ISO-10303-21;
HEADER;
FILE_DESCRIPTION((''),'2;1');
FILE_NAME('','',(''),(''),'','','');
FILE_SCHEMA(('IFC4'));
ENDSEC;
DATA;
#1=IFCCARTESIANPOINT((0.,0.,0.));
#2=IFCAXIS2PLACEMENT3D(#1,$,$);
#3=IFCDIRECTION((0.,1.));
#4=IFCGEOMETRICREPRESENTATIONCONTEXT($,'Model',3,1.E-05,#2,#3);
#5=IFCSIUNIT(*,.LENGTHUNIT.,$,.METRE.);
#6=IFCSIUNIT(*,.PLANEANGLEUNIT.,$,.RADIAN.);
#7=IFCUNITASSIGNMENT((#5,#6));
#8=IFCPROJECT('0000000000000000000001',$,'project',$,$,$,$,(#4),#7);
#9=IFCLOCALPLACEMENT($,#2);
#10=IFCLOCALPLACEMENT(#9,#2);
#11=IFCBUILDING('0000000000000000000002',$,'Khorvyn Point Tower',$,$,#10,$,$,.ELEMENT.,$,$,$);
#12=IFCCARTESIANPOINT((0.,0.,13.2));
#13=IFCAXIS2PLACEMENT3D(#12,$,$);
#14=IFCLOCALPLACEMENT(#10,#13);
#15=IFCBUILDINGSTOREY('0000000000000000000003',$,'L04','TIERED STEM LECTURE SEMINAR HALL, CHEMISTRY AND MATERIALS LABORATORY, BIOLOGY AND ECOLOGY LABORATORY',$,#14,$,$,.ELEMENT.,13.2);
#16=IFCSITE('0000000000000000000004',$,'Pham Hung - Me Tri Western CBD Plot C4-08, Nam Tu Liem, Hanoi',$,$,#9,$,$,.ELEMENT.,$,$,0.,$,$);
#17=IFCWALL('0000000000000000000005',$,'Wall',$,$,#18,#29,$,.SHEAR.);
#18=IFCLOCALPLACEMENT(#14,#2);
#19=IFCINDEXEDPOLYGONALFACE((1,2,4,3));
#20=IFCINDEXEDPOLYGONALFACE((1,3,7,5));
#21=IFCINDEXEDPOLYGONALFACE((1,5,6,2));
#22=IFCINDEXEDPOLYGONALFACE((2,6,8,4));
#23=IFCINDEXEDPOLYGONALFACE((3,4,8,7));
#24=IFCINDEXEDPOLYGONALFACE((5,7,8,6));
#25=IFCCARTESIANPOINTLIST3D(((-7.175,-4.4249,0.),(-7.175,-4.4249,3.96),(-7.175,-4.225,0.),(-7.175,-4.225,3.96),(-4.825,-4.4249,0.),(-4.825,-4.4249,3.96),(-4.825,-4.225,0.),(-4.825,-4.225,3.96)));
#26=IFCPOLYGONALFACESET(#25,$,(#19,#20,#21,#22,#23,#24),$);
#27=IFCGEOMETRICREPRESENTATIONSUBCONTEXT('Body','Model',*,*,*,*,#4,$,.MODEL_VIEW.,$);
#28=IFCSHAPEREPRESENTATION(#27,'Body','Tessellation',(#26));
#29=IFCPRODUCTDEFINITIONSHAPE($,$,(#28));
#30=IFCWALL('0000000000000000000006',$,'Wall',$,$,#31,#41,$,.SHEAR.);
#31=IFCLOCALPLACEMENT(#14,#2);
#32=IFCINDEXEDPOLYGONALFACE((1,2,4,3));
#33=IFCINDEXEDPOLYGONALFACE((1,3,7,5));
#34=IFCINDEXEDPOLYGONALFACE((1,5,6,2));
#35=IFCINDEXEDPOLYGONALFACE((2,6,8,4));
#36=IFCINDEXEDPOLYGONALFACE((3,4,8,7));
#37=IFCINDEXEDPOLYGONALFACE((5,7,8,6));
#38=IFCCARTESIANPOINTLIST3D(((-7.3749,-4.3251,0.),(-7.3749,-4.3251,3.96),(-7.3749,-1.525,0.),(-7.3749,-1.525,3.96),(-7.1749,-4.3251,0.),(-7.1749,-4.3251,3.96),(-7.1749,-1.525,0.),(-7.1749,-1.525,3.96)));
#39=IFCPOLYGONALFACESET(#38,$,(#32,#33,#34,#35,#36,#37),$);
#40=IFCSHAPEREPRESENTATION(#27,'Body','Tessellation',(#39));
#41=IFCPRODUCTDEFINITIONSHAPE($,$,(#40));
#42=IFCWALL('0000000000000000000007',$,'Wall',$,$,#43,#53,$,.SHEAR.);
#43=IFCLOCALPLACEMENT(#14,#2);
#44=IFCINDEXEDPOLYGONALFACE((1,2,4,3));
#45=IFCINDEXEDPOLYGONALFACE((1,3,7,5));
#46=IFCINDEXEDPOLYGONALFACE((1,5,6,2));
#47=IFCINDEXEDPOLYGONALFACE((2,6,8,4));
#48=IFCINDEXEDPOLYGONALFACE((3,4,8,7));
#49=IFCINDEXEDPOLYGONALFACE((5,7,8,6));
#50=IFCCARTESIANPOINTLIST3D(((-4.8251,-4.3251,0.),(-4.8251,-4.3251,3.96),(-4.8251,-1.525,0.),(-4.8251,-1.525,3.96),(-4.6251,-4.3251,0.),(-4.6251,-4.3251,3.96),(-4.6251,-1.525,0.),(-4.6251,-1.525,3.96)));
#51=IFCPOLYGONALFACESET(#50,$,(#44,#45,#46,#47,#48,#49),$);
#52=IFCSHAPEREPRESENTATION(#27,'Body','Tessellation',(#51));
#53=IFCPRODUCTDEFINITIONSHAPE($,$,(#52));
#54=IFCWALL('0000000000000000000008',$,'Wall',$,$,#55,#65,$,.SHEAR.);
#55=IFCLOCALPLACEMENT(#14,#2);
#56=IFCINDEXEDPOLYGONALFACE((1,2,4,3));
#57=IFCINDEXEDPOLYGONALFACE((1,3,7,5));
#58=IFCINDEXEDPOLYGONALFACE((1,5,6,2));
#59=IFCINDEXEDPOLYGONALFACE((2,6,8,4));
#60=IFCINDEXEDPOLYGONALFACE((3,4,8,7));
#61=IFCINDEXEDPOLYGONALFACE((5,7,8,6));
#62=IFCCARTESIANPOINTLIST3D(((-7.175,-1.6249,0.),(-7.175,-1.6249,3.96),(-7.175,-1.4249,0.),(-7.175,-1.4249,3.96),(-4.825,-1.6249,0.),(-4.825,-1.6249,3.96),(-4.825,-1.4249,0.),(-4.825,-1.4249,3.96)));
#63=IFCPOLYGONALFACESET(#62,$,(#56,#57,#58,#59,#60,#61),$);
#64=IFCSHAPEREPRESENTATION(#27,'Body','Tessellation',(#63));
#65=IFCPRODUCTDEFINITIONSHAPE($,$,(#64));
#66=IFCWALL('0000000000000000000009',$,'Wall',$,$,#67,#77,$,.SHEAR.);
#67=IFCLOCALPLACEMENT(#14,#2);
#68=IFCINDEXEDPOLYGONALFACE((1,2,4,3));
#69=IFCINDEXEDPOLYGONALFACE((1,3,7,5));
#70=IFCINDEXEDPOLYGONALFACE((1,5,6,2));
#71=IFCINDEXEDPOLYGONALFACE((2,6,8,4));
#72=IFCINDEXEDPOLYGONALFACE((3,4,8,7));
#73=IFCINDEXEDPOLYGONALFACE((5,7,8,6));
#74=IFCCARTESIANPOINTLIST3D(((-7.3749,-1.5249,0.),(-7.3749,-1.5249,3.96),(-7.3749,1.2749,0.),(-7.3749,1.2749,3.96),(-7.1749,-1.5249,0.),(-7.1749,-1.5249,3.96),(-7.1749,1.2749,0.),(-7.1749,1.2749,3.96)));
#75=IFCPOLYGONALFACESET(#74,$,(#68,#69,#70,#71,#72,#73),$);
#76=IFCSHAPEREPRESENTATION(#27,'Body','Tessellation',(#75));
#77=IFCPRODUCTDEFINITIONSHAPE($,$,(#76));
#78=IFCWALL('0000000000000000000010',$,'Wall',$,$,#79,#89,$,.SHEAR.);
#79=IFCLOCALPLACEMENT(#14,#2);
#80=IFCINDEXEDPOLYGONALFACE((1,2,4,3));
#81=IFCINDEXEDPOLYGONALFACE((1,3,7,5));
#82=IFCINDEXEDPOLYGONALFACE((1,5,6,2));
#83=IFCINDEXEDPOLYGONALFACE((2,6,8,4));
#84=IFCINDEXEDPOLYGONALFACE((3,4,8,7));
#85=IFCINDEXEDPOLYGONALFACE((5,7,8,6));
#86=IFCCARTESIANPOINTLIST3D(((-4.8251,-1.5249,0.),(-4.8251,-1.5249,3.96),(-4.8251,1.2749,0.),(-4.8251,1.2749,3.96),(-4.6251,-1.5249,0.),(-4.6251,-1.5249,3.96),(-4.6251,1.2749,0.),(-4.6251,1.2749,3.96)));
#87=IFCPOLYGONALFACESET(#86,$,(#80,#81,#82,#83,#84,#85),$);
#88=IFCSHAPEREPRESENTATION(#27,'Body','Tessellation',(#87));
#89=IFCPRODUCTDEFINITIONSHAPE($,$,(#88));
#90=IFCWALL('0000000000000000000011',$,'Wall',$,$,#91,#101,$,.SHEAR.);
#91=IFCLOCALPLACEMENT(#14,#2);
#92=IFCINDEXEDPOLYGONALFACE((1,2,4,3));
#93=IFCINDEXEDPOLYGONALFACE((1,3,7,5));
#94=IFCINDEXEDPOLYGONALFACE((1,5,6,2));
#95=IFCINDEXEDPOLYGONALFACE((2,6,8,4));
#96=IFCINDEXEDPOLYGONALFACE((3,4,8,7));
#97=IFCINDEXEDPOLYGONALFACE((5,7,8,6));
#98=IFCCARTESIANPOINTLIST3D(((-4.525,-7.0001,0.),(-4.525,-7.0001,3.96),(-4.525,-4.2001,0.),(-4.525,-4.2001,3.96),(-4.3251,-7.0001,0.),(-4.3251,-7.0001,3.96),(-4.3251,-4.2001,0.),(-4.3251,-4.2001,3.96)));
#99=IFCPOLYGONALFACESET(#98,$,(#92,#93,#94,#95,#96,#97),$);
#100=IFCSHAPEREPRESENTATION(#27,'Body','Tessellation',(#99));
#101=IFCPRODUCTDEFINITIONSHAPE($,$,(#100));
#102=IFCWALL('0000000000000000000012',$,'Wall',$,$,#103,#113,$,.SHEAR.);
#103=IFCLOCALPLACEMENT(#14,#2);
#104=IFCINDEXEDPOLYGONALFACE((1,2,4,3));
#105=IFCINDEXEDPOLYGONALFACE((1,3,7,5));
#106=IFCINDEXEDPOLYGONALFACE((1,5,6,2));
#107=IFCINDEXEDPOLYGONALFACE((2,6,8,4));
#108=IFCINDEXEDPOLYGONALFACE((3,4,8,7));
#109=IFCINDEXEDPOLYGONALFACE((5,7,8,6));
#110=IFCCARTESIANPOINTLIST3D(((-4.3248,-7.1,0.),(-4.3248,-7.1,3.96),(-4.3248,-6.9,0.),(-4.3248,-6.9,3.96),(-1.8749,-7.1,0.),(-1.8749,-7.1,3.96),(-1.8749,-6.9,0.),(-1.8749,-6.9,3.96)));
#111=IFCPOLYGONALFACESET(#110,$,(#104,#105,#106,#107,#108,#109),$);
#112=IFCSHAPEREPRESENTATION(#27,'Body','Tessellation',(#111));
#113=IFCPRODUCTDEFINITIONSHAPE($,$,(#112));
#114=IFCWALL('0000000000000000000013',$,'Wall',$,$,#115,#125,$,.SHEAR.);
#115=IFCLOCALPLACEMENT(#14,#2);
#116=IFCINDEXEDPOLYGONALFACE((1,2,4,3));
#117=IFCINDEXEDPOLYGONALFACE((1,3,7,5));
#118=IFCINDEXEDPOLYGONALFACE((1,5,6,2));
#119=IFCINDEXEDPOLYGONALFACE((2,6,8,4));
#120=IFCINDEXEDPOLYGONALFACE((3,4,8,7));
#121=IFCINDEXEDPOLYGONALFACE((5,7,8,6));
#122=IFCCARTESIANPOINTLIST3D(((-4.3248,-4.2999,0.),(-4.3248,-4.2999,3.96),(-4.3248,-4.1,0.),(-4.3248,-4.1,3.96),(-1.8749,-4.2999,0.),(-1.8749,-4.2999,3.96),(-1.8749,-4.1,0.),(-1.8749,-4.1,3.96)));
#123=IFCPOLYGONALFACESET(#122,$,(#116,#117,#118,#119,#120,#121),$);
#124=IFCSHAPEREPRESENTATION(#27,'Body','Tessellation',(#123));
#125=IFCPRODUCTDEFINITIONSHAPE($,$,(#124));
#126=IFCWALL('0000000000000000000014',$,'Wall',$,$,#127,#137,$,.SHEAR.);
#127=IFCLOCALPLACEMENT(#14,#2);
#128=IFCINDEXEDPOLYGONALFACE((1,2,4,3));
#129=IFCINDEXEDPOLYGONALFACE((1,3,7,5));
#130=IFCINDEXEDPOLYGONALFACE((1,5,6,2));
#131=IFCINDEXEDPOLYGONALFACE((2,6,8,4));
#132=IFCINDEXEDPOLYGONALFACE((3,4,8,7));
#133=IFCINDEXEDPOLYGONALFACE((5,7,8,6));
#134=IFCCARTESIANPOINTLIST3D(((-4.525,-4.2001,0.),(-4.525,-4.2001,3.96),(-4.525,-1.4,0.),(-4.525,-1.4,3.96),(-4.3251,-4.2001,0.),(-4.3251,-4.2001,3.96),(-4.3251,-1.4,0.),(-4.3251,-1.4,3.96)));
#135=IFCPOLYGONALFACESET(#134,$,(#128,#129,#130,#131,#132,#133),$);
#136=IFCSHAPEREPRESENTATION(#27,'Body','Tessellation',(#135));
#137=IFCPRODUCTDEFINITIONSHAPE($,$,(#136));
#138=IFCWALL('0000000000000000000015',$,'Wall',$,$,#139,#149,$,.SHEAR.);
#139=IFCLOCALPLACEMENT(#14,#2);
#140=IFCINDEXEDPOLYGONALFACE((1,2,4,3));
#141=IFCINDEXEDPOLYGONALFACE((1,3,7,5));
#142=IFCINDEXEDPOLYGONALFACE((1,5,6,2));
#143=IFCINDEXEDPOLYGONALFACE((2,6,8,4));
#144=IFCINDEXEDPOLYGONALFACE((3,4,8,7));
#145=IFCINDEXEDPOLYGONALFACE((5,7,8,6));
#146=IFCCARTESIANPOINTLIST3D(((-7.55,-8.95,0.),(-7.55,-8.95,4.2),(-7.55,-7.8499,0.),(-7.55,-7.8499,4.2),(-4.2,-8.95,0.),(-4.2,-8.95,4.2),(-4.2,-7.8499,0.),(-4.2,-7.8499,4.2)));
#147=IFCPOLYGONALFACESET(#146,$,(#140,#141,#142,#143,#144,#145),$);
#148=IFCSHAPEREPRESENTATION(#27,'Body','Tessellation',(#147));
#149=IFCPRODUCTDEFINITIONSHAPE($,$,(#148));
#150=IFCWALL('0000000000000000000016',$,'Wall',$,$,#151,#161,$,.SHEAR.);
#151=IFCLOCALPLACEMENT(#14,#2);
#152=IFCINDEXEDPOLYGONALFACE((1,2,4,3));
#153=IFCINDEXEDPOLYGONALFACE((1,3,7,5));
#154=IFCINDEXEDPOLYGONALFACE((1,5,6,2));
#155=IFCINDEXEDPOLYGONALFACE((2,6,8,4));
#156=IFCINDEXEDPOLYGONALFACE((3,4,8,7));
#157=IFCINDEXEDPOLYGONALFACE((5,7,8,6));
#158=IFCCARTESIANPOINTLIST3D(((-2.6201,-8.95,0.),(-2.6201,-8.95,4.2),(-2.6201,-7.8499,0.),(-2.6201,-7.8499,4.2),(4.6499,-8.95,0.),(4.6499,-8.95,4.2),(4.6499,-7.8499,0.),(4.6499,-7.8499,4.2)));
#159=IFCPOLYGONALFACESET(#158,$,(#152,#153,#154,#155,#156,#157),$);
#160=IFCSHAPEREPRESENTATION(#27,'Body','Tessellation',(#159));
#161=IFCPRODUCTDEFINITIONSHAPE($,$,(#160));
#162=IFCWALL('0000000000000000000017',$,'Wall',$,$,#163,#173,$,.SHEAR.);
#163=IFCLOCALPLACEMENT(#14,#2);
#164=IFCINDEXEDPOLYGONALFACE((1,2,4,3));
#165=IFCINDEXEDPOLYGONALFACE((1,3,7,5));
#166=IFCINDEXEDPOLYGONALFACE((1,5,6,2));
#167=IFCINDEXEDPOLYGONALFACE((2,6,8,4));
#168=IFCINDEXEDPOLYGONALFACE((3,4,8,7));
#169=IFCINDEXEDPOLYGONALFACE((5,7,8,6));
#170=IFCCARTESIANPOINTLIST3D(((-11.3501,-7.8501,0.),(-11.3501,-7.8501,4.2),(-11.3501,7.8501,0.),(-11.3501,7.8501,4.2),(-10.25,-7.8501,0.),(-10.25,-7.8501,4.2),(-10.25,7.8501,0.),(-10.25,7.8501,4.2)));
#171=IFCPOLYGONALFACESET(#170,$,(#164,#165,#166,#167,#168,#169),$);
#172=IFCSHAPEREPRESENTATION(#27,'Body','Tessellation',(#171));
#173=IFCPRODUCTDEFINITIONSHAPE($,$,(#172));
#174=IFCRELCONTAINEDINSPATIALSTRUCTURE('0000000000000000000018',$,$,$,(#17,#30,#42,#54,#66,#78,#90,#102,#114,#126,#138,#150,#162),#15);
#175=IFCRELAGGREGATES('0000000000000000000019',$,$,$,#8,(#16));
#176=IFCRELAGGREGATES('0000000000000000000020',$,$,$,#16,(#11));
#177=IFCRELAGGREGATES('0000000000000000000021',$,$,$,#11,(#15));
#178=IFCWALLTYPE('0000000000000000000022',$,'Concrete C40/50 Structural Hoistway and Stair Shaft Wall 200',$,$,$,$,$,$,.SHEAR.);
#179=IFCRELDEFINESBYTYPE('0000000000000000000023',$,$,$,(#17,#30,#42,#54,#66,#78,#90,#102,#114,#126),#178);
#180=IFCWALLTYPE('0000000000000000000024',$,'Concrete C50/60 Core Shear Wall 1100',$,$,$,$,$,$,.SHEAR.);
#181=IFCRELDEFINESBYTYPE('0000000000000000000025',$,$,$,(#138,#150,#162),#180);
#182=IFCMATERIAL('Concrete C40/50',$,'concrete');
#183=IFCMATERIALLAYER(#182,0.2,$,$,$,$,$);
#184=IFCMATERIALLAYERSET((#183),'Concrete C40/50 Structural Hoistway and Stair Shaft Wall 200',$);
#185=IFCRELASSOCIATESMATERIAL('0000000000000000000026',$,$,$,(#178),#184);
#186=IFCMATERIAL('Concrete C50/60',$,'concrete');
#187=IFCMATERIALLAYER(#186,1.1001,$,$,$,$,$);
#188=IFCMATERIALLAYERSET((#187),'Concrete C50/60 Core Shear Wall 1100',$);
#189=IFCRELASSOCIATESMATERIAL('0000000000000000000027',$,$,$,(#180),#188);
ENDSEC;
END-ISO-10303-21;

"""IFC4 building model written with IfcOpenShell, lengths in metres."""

from ifc_helpers import new_model, si_unit, direction, frame, frame_2d, origin, place, context, subcontext, project, spatial, rectangle, extrude, material, layer, layer_set, type_object, element, save


model = new_model("IFC4")

# Units and contexts
model_context = context("Model", 3, precision=1e-05, world=origin(), true_north=direction((0.0, 1.0)))
body_context = subcontext(model_context, "Body", "Model", "MODEL_VIEW")
ifc_project = project(units=[si_unit("LENGTHUNIT", "METRE"), si_unit("PLANEANGLEUNIT", "RADIAN")], contexts=[model_context])

# Site, building, storey
site_placement = place(None, origin())
site = spatial("IfcSite", under=ifc_project, at=site_placement, Name="Pham Hung - Me Tri Western CBD Plot C4-08, Nam Tu Liem, Hanoi", CompositionType="ELEMENT", RefElevation=0.0)
building_placement = place(site_placement, origin())
building = spatial("IfcBuilding", under=site, at=building_placement, Name="Khorvyn Point Tower", CompositionType="ELEMENT")
storey_placement = place(building_placement, frame((0.0, 0.0, 13.2)))
storey = spatial("IfcBuildingStorey", under=building, at=storey_placement, Name="L04", Description="TIERED STEM LECTURE SEMINAR HALL, CHEMISTRY AND MATERIALS LABORATORY, BIOLOGY AND ECOLOGY LABORATORY", CompositionType="ELEMENT", Elevation=13.2)

# Shared definitions
ifc_material_1 = material(Name="Concrete C40/50", Category="concrete")
ifc_material_2 = material(Name="Concrete C50/60", Category="concrete")

# Walls
ifc_layer_1 = layer(ifc_material_1, 0.2)
ifc_layer_set_1 = layer_set([ifc_layer_1], Name="Concrete C40/50 Structural Hoistway and Stair Shaft Wall 200")
wall_type_1 = type_object("IfcWallType", Name="Concrete C40/50 Structural Hoistway and Stair Shaft Wall 200", PredefinedType="SHEAR", material=ifc_layer_set_1)
for number, where, z_axis, x_axis, name in (
    (1, (-7.175, -4.325, 0.0), (0.0, 0.0, 1.0), (1.0, 0.0, 0.0), "Wall"),
):
    element("IfcWall", number, at=place(storey_placement, frame(where, z_axis=z_axis, x_axis=x_axis)), inside=storey, type_object=wall_type_1, Name=name, PredefinedType="SHEAR", context=body_context, shape_type="SweptSolid", body=[
        extrude(rectangle(XDim=2.3501, YDim=0.2, at=frame_2d((1.175, 0.0))), origin(), (0.0, 0.0, 1.0), 3.96),
    ])
for number, where, z_axis, x_axis, name in (
    (2, (-7.2749, -4.325, 0.0), (0.0, 0.0, 1.0), (0.0, 1.0, 0.0), "Wall"),
    (3, (-4.7251, -4.325, 0.0), (0.0, 0.0, 1.0), (0.0, 1.0, 0.0), "Wall"),
):
    element("IfcWall", number, at=place(storey_placement, frame(where, z_axis=z_axis, x_axis=x_axis)), inside=storey, type_object=wall_type_1, Name=name, PredefinedType="SHEAR", context=body_context, shape_type="SweptSolid", body=[
        extrude(rectangle(XDim=2.8, YDim=0.2, at=frame_2d((1.3999, 0.0))), origin(), (0.0, 0.0, 1.0), 3.96),
    ])
wall_1_placement = place(storey_placement, frame((-7.175, -1.5249, 0.0), z_axis=(0.0, 0.0, 1.0), x_axis=(1.0, 0.0, 0.0)))
element("IfcWall", 4, at=wall_1_placement, inside=storey, type_object=wall_type_1, Name="Wall", PredefinedType="SHEAR", context=body_context, shape_type="SweptSolid", body=[
    extrude(rectangle(XDim=2.3501, YDim=0.2, at=frame_2d((1.175, 0.0))), origin(), (0.0, 0.0, 1.0), 3.96),
])
for number, where, z_axis, x_axis, name in (
    (5, (-7.2749, -1.5249, 0.0), (0.0, 0.0, 1.0), (0.0, 1.0, 0.0), "Wall"),
    (6, (-4.7251, -1.5249, 0.0), (0.0, 0.0, 1.0), (0.0, 1.0, 0.0), "Wall"),
):
    element("IfcWall", number, at=place(storey_placement, frame(where, z_axis=z_axis, x_axis=x_axis)), inside=storey, type_object=wall_type_1, Name=name, PredefinedType="SHEAR", context=body_context, shape_type="SweptSolid", body=[
        extrude(rectangle(XDim=2.7998, YDim=0.2, at=frame_2d((1.3999, 0.0))), origin(), (0.0, 0.0, 1.0), 3.96),
    ])
wall_2_placement = place(storey_placement, frame((-4.425, -7.0, 0.0), z_axis=(0.0, 0.0, 1.0), x_axis=(0.0, 1.0, 0.0)))
element("IfcWall", 7, at=wall_2_placement, inside=storey, type_object=wall_type_1, Name="Wall", PredefinedType="SHEAR", context=body_context, shape_type="SweptSolid", body=[
    extrude(rectangle(XDim=2.8, YDim=0.2, at=frame_2d((1.3999, 0.0))), origin(), (0.0, 0.0, 1.0), 3.96),
])
for number, where, z_axis, x_axis, name in (
    (8, (-4.325, -7.0, 0.0), (0.0, 0.0, 1.0), (1.0, 0.0, 0.0), "Wall"),
    (9, (-4.325, -4.2, 0.0), (0.0, 0.0, 1.0), (1.0, 0.0, 0.0), "Wall"),
):
    element("IfcWall", number, at=place(storey_placement, frame(where, z_axis=z_axis, x_axis=x_axis)), inside=storey, type_object=wall_type_1, Name=name, PredefinedType="SHEAR", context=body_context, shape_type="SweptSolid", body=[
        extrude(rectangle(XDim=2.45, YDim=0.2, at=frame_2d((1.2251, 0.0))), origin(), (0.0, 0.0, 1.0), 3.96),
    ])
wall_3_placement = place(storey_placement, frame((-4.425, -4.2, 0.0), z_axis=(0.0, 0.0, 1.0), x_axis=(0.0, 1.0, 0.0)))
element("IfcWall", 10, at=wall_3_placement, inside=storey, type_object=wall_type_1, Name="Wall", PredefinedType="SHEAR", context=body_context, shape_type="SweptSolid", body=[
    extrude(rectangle(XDim=2.8, YDim=0.2, at=frame_2d((1.3999, 0.0))), origin(), (0.0, 0.0, 1.0), 3.96),
])
ifc_layer_2 = layer(ifc_material_2, 1.1001)
ifc_layer_set_2 = layer_set([ifc_layer_2], Name="Concrete C50/60 Core Shear Wall 1100")
wall_type_2 = type_object("IfcWallType", Name="Concrete C50/60 Core Shear Wall 1100", PredefinedType="SHEAR", material=ifc_layer_set_2)
wall_4_placement = place(storey_placement, frame((-7.55, -8.3999, 0.0), z_axis=(0.0, 0.0, 1.0), x_axis=(1.0, 0.0, 0.0)))
element("IfcWall", 11, at=wall_4_placement, inside=storey, type_object=wall_type_2, Name="Wall", PredefinedType="SHEAR", context=body_context, shape_type="SweptSolid", body=[
    extrude(rectangle(XDim=3.3501, YDim=1.1001, at=frame_2d((1.675, 0.0))), origin(), (0.0, 0.0, 1.0), 4.2),
])
wall_5_placement = place(storey_placement, frame((-2.6201, -8.3999, 0.0), z_axis=(0.0, 0.0, 1.0), x_axis=(1.0, 0.0, 0.0)))
element("IfcWall", 12, at=wall_5_placement, inside=storey, type_object=wall_type_2, Name="Wall", PredefinedType="SHEAR", context=body_context, shape_type="SweptSolid", body=[
    extrude(rectangle(XDim=7.27, YDim=1.1001, at=frame_2d((3.635, 0.0))), origin(), (0.0, 0.0, 1.0), 4.2),
])
wall_6_placement = place(storey_placement, frame((-10.8, -7.8501, 0.0), z_axis=(0.0, 0.0, 1.0), x_axis=(0.0, 1.0, 0.0)))
element("IfcWall", 13, at=wall_6_placement, inside=storey, type_object=wall_type_2, Name="Wall", PredefinedType="SHEAR", context=body_context, shape_type="SweptSolid", body=[
    extrude(rectangle(XDim=15.7002, YDim=1.1001, at=frame_2d((7.8501, 0.0))), origin(), (0.0, 0.0, 1.0), 4.2),
])

save(model, "model.ifc")
